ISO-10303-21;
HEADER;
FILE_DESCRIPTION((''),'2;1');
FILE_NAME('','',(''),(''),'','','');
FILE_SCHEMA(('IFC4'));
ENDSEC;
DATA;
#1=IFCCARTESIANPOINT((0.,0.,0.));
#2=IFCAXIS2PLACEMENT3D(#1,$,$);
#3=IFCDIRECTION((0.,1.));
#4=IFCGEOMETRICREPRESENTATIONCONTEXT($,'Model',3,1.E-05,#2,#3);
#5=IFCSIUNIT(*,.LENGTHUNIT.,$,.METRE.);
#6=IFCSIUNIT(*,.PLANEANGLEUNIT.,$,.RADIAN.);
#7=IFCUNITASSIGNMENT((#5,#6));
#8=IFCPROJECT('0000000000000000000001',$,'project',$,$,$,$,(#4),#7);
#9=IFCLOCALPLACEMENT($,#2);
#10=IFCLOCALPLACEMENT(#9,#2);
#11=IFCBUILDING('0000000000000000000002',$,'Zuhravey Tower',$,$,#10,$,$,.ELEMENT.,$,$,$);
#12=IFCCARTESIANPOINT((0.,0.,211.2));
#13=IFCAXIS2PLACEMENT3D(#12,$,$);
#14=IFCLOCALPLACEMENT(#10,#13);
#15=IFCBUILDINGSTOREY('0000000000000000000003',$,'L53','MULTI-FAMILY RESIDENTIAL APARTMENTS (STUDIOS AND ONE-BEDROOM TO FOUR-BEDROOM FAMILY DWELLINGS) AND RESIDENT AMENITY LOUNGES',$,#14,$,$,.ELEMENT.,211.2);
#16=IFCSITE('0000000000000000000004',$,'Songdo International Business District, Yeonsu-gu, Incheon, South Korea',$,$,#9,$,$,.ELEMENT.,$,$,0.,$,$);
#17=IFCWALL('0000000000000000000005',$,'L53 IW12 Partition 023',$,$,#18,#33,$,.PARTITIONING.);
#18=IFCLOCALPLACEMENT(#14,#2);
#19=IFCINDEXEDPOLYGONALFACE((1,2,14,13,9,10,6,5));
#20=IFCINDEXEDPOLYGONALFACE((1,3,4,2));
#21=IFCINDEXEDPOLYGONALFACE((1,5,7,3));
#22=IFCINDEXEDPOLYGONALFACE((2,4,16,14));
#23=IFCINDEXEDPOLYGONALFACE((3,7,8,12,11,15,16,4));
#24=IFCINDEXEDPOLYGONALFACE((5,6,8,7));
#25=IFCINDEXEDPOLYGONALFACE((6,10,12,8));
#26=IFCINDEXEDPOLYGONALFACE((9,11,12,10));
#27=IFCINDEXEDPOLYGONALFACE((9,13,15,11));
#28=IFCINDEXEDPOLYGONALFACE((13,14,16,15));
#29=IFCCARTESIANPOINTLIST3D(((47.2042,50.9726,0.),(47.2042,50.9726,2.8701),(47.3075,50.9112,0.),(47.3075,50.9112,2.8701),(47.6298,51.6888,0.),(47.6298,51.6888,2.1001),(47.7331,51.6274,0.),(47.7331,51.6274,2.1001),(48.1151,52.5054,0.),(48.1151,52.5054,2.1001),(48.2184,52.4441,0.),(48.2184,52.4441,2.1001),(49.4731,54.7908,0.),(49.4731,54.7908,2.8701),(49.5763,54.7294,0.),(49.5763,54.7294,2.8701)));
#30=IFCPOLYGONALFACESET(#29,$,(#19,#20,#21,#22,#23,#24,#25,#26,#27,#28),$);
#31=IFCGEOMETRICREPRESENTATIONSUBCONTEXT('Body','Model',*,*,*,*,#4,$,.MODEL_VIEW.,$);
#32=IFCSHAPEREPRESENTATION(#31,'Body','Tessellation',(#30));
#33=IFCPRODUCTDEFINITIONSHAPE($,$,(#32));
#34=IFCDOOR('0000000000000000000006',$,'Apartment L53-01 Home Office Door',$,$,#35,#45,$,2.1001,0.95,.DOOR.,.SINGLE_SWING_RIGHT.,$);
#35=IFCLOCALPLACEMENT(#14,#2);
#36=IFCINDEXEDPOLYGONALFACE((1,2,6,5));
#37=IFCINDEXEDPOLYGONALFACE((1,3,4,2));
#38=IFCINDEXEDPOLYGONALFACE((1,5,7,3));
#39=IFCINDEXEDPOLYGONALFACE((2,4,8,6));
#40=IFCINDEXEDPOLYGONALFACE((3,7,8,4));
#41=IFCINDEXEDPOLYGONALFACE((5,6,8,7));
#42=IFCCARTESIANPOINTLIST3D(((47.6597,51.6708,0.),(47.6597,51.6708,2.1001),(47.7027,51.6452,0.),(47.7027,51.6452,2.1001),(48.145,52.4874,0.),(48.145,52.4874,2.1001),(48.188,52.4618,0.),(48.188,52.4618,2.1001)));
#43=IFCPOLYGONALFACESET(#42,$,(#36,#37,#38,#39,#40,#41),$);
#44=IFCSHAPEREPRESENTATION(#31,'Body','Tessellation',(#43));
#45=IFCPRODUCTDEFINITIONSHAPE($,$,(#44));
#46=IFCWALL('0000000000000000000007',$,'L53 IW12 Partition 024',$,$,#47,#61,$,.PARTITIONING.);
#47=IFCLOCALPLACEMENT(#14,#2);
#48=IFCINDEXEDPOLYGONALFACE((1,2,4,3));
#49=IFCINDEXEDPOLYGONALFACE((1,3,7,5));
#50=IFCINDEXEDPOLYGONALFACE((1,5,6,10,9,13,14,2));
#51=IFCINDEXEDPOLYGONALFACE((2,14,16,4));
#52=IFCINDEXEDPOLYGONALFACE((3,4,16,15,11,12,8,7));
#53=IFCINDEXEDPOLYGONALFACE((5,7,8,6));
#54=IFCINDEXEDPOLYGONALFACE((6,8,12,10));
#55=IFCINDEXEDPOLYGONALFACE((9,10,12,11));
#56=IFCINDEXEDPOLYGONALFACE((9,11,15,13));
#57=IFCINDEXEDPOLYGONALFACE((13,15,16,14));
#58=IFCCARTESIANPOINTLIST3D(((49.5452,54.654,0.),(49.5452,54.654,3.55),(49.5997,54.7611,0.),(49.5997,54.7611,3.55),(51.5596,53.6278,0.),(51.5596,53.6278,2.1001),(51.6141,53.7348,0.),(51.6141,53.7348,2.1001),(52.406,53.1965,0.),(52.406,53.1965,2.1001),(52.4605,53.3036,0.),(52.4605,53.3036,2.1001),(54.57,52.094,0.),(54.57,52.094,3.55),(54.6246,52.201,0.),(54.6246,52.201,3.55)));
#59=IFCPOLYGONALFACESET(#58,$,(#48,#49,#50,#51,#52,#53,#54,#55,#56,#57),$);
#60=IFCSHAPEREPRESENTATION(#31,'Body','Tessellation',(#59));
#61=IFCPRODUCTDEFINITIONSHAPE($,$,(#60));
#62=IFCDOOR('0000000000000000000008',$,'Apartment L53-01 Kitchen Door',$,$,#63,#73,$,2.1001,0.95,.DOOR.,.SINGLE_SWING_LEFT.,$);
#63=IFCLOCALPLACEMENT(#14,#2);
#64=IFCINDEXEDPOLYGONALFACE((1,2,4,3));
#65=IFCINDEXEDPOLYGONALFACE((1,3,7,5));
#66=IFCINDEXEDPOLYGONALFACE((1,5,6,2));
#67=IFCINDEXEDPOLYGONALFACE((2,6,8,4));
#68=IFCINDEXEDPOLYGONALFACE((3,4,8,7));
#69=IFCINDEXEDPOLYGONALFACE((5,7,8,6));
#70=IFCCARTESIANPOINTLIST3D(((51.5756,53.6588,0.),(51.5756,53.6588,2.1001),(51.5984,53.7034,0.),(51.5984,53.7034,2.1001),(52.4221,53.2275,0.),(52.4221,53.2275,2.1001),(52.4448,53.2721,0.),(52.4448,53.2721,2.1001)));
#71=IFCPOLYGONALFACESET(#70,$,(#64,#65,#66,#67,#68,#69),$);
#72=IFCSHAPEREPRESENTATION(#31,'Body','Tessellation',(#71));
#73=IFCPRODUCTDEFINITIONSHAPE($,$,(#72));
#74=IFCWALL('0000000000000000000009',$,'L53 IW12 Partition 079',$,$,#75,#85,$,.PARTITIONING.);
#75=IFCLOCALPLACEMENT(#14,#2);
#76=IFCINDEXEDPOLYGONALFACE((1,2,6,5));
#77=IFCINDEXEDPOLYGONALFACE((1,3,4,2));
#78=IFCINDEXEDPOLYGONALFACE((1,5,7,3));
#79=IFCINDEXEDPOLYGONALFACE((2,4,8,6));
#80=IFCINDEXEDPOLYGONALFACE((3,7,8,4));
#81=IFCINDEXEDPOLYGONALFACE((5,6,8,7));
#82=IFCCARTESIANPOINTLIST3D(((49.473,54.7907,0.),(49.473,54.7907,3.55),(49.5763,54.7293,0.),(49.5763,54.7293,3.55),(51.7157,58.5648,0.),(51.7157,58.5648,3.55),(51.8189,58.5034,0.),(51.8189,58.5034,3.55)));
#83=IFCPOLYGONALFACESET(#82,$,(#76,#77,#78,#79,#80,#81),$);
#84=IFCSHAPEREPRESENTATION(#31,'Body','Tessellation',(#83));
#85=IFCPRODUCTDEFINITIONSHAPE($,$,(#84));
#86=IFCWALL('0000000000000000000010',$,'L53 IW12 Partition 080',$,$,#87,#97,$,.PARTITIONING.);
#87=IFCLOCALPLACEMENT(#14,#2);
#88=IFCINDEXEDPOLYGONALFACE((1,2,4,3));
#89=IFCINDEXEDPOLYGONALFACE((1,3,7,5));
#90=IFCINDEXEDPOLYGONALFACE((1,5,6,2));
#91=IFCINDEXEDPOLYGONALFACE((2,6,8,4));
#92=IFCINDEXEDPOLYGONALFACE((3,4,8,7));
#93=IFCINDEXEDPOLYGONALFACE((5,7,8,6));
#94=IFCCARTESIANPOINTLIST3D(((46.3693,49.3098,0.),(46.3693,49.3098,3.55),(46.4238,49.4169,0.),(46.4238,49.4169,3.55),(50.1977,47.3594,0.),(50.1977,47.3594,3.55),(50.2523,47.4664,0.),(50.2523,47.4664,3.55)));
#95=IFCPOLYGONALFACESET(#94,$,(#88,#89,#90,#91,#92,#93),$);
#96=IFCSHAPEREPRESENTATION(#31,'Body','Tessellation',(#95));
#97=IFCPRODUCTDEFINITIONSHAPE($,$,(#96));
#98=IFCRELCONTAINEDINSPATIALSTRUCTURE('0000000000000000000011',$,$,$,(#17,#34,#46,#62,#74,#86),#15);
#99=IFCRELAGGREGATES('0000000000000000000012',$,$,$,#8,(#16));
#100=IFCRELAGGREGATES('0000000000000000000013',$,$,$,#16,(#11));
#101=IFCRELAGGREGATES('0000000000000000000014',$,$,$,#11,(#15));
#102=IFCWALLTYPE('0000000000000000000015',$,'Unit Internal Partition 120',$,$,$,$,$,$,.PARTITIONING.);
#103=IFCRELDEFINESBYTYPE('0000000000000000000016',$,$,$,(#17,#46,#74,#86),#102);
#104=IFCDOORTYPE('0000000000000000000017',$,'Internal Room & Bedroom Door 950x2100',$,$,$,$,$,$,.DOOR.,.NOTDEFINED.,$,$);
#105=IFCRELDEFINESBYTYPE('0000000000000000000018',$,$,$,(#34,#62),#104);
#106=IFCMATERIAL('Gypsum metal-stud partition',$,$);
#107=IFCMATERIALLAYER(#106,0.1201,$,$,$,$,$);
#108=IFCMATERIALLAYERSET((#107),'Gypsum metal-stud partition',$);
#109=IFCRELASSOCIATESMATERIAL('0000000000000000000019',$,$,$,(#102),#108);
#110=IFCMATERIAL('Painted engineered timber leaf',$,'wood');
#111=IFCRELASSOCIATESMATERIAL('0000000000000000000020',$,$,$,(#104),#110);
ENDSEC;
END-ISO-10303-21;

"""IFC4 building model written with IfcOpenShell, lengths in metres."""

from ifc_helpers import new_model, si_unit, direction, frame, frame_2d, origin, place, context, subcontext, project, spatial, rectangle, extrude, material, layer, layer_set, type_object, element, fill, save


model = new_model("IFC4")

# Units and contexts
model_context = context("Model", 3, precision=1e-05, world=origin(), true_north=direction((0.0, 1.0)))
body_context = subcontext(model_context, "Body", "Model", "MODEL_VIEW")
ifc_project = project(units=[si_unit("LENGTHUNIT", "METRE"), si_unit("PLANEANGLEUNIT", "RADIAN")], contexts=[model_context])

# Site, building, storey
site_placement = place(None, origin())
site = spatial("IfcSite", under=ifc_project, at=site_placement, Name="Songdo International Business District, Yeonsu-gu, Incheon, South Korea", CompositionType="ELEMENT", RefElevation=0.0)
building_placement = place(site_placement, origin())
building = spatial("IfcBuilding", under=site, at=building_placement, Name="Zuhravey Tower", CompositionType="ELEMENT")
storey_placement = place(building_placement, frame((0.0, 0.0, 211.2)))
storey = spatial("IfcBuildingStorey", under=building, at=storey_placement, Name="L53", Description="MULTI-FAMILY RESIDENTIAL APARTMENTS (STUDIOS AND ONE-BEDROOM TO FOUR-BEDROOM FAMILY DWELLINGS) AND RESIDENT AMENITY LOUNGES", CompositionType="ELEMENT", Elevation=211.2)

# Shared definitions
ifc_material_1 = material(Name="Gypsum metal-stud partition")
ifc_layer_1 = layer(ifc_material_1, 0.1201)
ifc_layer_set_1 = layer_set([ifc_layer_1], Name="Gypsum metal-stud partition")
wall_type_1 = type_object("IfcWallType", Name="Unit Internal Partition 120", PredefinedType="PARTITIONING", material=ifc_layer_set_1)
ifc_material_2 = material(Name="Painted engineered timber leaf", Category="wood")
door_type = type_object("IfcDoorType", Name="Internal Room & Bedroom Door 950x2100", OperationType="NOTDEFINED", PredefinedType="DOOR", material=ifc_material_2)

# Walls, openings, doors
wall_1_placement = place(storey_placement, frame((47.2559, 50.9419, 0.0), z_axis=(0.0, 0.0, 1.0), x_axis=(0.510837, 0.859677, 0.0)))
wall_1 = element("IfcWall", 1, at=wall_1_placement, inside=storey, type_object=wall_type_1, Name="L53 IW12 Partition 023", PredefinedType="PARTITIONING", context=body_context, shape_type="SweptSolid", body=[
    extrude(rectangle(XDim=4.4414, YDim=0.1201, at=frame_2d((2.2207, 0.0))), origin(), (0.0, 0.0, 1.0), 2.8701),
])
opening_1_placement = place(wall_1_placement, frame((0.833, 0.0, 0.0)))
opening_1 = element("IfcOpeningElement", 2, at=opening_1_placement, cuts=wall_1, PredefinedType="OPENING", context=body_context, shape_type="SweptSolid", body=[
    extrude(rectangle(XDim=0.95, YDim=2.1001, at=frame_2d((0.4751, 1.05))), frame((0.0, 0.072, 0.0), z_axis=(0.0, -1.0, 0.0), x_axis=(1.0, 0.0, 0.0)), (0.0, 0.0, 1.0), 0.144),
])
door_1_placement = place(opening_1_placement, frame((0.95, 0.0, 0.0), z_axis=(0.0, 0.0, 1.0), x_axis=(-1.0, 0.0, 0.0)))
door_1 = element("IfcDoor", 3, at=door_1_placement, inside=storey, type_object=door_type, Name="Apartment L53-01 Home Office Door", OperationType="SINGLE_SWING_RIGHT", OverallHeight=2.1001, OverallWidth=0.95, PredefinedType="DOOR", context=body_context, shape_type="SweptSolid", body=[
    extrude(rectangle(XDim=0.95, YDim=2.1001, at=frame_2d((0.4751, 1.05))), frame((0.0, 0.0249, 0.0), z_axis=(0.0, -1.0, 0.0), x_axis=(1.0, 0.0, 0.0)), (0.0, 0.0, 1.0), 0.05),
])
fill(opening_1, door_1)
wall_2_placement = place(storey_placement, frame((54.5974, 52.1475, 0.0), z_axis=(0.0, 0.0, 1.0), x_axis=(-0.891025, 0.453954, 0.0)))
wall_2 = element("IfcWall", 4, at=wall_2_placement, inside=storey, type_object=wall_type_1, Name="L53 IW12 Partition 024", PredefinedType="PARTITIONING", context=body_context, shape_type="SweptSolid", body=[
    extrude(rectangle(XDim=5.6394, YDim=0.1201, at=frame_2d((2.8198, 0.0))), origin(), (0.0, 0.0, 1.0), 3.55),
])
opening_2_placement = place(wall_2_placement, frame((2.4287, 0.0, 0.0)))
opening_2 = element("IfcOpeningElement", 5, at=opening_2_placement, cuts=wall_2, PredefinedType="OPENING", context=body_context, shape_type="SweptSolid", body=[
    extrude(rectangle(XDim=0.95, YDim=2.1001, at=frame_2d((0.4751, 1.05))), frame((0.0, 0.072, 0.0), z_axis=(0.0, -1.0, 0.0), x_axis=(1.0, 0.0, 0.0)), (0.0, 0.0, 1.0), 0.144),
])
door_2_placement = place(opening_2_placement, frame((0.95, 0.0, 0.0), z_axis=(0.0, 0.0, 1.0), x_axis=(-1.0, 0.0, 0.0)))
door_2 = element("IfcDoor", 6, at=door_2_placement, inside=storey, type_object=door_type, Name="Apartment L53-01 Kitchen Door", OperationType="SINGLE_SWING_LEFT", OverallHeight=2.1001, OverallWidth=0.95, PredefinedType="DOOR", context=body_context, shape_type="SweptSolid", body=[
    extrude(rectangle(XDim=0.95, YDim=2.1001, at=frame_2d((0.4751, 1.05))), frame((0.0, 0.0249, 0.0), z_axis=(0.0, -1.0, 0.0), x_axis=(1.0, 0.0, 0.0)), (0.0, 0.0, 1.0), 0.05),
])
fill(opening_2, door_2)

# Walls
wall_3_placement = place(storey_placement, frame((49.5247, 54.76, 0.0), z_axis=(0.0, 0.0, 1.0), x_axis=(0.510836, 0.859678, 0.0)))
element("IfcWall", 7, at=wall_3_placement, inside=storey, type_object=wall_type_1, Name="L53 IW12 Partition 079", PredefinedType="PARTITIONING", context=body_context, shape_type="SweptSolid", body=[
    extrude(rectangle(XDim=4.3901, YDim=0.1201, at=frame_2d((2.1951, 0.0))), origin(), (0.0, 0.0, 1.0), 3.55),
])
wall_4_placement = place(storey_placement, frame((50.2251, 47.4128, 0.0), z_axis=(0.0, 0.0, 1.0), x_axis=(-0.891026, 0.453951, 0.0)))
element("IfcWall", 8, at=wall_4_placement, inside=storey, type_object=wall_type_1, Name="L53 IW12 Partition 080", PredefinedType="PARTITIONING", context=body_context, shape_type="SweptSolid", body=[
    extrude(rectangle(XDim=4.2966, YDim=0.1201, at=frame_2d((2.1484, 0.0))), origin(), (0.0, 0.0, 1.0), 3.55),
])

save(model, "model.ifc")
